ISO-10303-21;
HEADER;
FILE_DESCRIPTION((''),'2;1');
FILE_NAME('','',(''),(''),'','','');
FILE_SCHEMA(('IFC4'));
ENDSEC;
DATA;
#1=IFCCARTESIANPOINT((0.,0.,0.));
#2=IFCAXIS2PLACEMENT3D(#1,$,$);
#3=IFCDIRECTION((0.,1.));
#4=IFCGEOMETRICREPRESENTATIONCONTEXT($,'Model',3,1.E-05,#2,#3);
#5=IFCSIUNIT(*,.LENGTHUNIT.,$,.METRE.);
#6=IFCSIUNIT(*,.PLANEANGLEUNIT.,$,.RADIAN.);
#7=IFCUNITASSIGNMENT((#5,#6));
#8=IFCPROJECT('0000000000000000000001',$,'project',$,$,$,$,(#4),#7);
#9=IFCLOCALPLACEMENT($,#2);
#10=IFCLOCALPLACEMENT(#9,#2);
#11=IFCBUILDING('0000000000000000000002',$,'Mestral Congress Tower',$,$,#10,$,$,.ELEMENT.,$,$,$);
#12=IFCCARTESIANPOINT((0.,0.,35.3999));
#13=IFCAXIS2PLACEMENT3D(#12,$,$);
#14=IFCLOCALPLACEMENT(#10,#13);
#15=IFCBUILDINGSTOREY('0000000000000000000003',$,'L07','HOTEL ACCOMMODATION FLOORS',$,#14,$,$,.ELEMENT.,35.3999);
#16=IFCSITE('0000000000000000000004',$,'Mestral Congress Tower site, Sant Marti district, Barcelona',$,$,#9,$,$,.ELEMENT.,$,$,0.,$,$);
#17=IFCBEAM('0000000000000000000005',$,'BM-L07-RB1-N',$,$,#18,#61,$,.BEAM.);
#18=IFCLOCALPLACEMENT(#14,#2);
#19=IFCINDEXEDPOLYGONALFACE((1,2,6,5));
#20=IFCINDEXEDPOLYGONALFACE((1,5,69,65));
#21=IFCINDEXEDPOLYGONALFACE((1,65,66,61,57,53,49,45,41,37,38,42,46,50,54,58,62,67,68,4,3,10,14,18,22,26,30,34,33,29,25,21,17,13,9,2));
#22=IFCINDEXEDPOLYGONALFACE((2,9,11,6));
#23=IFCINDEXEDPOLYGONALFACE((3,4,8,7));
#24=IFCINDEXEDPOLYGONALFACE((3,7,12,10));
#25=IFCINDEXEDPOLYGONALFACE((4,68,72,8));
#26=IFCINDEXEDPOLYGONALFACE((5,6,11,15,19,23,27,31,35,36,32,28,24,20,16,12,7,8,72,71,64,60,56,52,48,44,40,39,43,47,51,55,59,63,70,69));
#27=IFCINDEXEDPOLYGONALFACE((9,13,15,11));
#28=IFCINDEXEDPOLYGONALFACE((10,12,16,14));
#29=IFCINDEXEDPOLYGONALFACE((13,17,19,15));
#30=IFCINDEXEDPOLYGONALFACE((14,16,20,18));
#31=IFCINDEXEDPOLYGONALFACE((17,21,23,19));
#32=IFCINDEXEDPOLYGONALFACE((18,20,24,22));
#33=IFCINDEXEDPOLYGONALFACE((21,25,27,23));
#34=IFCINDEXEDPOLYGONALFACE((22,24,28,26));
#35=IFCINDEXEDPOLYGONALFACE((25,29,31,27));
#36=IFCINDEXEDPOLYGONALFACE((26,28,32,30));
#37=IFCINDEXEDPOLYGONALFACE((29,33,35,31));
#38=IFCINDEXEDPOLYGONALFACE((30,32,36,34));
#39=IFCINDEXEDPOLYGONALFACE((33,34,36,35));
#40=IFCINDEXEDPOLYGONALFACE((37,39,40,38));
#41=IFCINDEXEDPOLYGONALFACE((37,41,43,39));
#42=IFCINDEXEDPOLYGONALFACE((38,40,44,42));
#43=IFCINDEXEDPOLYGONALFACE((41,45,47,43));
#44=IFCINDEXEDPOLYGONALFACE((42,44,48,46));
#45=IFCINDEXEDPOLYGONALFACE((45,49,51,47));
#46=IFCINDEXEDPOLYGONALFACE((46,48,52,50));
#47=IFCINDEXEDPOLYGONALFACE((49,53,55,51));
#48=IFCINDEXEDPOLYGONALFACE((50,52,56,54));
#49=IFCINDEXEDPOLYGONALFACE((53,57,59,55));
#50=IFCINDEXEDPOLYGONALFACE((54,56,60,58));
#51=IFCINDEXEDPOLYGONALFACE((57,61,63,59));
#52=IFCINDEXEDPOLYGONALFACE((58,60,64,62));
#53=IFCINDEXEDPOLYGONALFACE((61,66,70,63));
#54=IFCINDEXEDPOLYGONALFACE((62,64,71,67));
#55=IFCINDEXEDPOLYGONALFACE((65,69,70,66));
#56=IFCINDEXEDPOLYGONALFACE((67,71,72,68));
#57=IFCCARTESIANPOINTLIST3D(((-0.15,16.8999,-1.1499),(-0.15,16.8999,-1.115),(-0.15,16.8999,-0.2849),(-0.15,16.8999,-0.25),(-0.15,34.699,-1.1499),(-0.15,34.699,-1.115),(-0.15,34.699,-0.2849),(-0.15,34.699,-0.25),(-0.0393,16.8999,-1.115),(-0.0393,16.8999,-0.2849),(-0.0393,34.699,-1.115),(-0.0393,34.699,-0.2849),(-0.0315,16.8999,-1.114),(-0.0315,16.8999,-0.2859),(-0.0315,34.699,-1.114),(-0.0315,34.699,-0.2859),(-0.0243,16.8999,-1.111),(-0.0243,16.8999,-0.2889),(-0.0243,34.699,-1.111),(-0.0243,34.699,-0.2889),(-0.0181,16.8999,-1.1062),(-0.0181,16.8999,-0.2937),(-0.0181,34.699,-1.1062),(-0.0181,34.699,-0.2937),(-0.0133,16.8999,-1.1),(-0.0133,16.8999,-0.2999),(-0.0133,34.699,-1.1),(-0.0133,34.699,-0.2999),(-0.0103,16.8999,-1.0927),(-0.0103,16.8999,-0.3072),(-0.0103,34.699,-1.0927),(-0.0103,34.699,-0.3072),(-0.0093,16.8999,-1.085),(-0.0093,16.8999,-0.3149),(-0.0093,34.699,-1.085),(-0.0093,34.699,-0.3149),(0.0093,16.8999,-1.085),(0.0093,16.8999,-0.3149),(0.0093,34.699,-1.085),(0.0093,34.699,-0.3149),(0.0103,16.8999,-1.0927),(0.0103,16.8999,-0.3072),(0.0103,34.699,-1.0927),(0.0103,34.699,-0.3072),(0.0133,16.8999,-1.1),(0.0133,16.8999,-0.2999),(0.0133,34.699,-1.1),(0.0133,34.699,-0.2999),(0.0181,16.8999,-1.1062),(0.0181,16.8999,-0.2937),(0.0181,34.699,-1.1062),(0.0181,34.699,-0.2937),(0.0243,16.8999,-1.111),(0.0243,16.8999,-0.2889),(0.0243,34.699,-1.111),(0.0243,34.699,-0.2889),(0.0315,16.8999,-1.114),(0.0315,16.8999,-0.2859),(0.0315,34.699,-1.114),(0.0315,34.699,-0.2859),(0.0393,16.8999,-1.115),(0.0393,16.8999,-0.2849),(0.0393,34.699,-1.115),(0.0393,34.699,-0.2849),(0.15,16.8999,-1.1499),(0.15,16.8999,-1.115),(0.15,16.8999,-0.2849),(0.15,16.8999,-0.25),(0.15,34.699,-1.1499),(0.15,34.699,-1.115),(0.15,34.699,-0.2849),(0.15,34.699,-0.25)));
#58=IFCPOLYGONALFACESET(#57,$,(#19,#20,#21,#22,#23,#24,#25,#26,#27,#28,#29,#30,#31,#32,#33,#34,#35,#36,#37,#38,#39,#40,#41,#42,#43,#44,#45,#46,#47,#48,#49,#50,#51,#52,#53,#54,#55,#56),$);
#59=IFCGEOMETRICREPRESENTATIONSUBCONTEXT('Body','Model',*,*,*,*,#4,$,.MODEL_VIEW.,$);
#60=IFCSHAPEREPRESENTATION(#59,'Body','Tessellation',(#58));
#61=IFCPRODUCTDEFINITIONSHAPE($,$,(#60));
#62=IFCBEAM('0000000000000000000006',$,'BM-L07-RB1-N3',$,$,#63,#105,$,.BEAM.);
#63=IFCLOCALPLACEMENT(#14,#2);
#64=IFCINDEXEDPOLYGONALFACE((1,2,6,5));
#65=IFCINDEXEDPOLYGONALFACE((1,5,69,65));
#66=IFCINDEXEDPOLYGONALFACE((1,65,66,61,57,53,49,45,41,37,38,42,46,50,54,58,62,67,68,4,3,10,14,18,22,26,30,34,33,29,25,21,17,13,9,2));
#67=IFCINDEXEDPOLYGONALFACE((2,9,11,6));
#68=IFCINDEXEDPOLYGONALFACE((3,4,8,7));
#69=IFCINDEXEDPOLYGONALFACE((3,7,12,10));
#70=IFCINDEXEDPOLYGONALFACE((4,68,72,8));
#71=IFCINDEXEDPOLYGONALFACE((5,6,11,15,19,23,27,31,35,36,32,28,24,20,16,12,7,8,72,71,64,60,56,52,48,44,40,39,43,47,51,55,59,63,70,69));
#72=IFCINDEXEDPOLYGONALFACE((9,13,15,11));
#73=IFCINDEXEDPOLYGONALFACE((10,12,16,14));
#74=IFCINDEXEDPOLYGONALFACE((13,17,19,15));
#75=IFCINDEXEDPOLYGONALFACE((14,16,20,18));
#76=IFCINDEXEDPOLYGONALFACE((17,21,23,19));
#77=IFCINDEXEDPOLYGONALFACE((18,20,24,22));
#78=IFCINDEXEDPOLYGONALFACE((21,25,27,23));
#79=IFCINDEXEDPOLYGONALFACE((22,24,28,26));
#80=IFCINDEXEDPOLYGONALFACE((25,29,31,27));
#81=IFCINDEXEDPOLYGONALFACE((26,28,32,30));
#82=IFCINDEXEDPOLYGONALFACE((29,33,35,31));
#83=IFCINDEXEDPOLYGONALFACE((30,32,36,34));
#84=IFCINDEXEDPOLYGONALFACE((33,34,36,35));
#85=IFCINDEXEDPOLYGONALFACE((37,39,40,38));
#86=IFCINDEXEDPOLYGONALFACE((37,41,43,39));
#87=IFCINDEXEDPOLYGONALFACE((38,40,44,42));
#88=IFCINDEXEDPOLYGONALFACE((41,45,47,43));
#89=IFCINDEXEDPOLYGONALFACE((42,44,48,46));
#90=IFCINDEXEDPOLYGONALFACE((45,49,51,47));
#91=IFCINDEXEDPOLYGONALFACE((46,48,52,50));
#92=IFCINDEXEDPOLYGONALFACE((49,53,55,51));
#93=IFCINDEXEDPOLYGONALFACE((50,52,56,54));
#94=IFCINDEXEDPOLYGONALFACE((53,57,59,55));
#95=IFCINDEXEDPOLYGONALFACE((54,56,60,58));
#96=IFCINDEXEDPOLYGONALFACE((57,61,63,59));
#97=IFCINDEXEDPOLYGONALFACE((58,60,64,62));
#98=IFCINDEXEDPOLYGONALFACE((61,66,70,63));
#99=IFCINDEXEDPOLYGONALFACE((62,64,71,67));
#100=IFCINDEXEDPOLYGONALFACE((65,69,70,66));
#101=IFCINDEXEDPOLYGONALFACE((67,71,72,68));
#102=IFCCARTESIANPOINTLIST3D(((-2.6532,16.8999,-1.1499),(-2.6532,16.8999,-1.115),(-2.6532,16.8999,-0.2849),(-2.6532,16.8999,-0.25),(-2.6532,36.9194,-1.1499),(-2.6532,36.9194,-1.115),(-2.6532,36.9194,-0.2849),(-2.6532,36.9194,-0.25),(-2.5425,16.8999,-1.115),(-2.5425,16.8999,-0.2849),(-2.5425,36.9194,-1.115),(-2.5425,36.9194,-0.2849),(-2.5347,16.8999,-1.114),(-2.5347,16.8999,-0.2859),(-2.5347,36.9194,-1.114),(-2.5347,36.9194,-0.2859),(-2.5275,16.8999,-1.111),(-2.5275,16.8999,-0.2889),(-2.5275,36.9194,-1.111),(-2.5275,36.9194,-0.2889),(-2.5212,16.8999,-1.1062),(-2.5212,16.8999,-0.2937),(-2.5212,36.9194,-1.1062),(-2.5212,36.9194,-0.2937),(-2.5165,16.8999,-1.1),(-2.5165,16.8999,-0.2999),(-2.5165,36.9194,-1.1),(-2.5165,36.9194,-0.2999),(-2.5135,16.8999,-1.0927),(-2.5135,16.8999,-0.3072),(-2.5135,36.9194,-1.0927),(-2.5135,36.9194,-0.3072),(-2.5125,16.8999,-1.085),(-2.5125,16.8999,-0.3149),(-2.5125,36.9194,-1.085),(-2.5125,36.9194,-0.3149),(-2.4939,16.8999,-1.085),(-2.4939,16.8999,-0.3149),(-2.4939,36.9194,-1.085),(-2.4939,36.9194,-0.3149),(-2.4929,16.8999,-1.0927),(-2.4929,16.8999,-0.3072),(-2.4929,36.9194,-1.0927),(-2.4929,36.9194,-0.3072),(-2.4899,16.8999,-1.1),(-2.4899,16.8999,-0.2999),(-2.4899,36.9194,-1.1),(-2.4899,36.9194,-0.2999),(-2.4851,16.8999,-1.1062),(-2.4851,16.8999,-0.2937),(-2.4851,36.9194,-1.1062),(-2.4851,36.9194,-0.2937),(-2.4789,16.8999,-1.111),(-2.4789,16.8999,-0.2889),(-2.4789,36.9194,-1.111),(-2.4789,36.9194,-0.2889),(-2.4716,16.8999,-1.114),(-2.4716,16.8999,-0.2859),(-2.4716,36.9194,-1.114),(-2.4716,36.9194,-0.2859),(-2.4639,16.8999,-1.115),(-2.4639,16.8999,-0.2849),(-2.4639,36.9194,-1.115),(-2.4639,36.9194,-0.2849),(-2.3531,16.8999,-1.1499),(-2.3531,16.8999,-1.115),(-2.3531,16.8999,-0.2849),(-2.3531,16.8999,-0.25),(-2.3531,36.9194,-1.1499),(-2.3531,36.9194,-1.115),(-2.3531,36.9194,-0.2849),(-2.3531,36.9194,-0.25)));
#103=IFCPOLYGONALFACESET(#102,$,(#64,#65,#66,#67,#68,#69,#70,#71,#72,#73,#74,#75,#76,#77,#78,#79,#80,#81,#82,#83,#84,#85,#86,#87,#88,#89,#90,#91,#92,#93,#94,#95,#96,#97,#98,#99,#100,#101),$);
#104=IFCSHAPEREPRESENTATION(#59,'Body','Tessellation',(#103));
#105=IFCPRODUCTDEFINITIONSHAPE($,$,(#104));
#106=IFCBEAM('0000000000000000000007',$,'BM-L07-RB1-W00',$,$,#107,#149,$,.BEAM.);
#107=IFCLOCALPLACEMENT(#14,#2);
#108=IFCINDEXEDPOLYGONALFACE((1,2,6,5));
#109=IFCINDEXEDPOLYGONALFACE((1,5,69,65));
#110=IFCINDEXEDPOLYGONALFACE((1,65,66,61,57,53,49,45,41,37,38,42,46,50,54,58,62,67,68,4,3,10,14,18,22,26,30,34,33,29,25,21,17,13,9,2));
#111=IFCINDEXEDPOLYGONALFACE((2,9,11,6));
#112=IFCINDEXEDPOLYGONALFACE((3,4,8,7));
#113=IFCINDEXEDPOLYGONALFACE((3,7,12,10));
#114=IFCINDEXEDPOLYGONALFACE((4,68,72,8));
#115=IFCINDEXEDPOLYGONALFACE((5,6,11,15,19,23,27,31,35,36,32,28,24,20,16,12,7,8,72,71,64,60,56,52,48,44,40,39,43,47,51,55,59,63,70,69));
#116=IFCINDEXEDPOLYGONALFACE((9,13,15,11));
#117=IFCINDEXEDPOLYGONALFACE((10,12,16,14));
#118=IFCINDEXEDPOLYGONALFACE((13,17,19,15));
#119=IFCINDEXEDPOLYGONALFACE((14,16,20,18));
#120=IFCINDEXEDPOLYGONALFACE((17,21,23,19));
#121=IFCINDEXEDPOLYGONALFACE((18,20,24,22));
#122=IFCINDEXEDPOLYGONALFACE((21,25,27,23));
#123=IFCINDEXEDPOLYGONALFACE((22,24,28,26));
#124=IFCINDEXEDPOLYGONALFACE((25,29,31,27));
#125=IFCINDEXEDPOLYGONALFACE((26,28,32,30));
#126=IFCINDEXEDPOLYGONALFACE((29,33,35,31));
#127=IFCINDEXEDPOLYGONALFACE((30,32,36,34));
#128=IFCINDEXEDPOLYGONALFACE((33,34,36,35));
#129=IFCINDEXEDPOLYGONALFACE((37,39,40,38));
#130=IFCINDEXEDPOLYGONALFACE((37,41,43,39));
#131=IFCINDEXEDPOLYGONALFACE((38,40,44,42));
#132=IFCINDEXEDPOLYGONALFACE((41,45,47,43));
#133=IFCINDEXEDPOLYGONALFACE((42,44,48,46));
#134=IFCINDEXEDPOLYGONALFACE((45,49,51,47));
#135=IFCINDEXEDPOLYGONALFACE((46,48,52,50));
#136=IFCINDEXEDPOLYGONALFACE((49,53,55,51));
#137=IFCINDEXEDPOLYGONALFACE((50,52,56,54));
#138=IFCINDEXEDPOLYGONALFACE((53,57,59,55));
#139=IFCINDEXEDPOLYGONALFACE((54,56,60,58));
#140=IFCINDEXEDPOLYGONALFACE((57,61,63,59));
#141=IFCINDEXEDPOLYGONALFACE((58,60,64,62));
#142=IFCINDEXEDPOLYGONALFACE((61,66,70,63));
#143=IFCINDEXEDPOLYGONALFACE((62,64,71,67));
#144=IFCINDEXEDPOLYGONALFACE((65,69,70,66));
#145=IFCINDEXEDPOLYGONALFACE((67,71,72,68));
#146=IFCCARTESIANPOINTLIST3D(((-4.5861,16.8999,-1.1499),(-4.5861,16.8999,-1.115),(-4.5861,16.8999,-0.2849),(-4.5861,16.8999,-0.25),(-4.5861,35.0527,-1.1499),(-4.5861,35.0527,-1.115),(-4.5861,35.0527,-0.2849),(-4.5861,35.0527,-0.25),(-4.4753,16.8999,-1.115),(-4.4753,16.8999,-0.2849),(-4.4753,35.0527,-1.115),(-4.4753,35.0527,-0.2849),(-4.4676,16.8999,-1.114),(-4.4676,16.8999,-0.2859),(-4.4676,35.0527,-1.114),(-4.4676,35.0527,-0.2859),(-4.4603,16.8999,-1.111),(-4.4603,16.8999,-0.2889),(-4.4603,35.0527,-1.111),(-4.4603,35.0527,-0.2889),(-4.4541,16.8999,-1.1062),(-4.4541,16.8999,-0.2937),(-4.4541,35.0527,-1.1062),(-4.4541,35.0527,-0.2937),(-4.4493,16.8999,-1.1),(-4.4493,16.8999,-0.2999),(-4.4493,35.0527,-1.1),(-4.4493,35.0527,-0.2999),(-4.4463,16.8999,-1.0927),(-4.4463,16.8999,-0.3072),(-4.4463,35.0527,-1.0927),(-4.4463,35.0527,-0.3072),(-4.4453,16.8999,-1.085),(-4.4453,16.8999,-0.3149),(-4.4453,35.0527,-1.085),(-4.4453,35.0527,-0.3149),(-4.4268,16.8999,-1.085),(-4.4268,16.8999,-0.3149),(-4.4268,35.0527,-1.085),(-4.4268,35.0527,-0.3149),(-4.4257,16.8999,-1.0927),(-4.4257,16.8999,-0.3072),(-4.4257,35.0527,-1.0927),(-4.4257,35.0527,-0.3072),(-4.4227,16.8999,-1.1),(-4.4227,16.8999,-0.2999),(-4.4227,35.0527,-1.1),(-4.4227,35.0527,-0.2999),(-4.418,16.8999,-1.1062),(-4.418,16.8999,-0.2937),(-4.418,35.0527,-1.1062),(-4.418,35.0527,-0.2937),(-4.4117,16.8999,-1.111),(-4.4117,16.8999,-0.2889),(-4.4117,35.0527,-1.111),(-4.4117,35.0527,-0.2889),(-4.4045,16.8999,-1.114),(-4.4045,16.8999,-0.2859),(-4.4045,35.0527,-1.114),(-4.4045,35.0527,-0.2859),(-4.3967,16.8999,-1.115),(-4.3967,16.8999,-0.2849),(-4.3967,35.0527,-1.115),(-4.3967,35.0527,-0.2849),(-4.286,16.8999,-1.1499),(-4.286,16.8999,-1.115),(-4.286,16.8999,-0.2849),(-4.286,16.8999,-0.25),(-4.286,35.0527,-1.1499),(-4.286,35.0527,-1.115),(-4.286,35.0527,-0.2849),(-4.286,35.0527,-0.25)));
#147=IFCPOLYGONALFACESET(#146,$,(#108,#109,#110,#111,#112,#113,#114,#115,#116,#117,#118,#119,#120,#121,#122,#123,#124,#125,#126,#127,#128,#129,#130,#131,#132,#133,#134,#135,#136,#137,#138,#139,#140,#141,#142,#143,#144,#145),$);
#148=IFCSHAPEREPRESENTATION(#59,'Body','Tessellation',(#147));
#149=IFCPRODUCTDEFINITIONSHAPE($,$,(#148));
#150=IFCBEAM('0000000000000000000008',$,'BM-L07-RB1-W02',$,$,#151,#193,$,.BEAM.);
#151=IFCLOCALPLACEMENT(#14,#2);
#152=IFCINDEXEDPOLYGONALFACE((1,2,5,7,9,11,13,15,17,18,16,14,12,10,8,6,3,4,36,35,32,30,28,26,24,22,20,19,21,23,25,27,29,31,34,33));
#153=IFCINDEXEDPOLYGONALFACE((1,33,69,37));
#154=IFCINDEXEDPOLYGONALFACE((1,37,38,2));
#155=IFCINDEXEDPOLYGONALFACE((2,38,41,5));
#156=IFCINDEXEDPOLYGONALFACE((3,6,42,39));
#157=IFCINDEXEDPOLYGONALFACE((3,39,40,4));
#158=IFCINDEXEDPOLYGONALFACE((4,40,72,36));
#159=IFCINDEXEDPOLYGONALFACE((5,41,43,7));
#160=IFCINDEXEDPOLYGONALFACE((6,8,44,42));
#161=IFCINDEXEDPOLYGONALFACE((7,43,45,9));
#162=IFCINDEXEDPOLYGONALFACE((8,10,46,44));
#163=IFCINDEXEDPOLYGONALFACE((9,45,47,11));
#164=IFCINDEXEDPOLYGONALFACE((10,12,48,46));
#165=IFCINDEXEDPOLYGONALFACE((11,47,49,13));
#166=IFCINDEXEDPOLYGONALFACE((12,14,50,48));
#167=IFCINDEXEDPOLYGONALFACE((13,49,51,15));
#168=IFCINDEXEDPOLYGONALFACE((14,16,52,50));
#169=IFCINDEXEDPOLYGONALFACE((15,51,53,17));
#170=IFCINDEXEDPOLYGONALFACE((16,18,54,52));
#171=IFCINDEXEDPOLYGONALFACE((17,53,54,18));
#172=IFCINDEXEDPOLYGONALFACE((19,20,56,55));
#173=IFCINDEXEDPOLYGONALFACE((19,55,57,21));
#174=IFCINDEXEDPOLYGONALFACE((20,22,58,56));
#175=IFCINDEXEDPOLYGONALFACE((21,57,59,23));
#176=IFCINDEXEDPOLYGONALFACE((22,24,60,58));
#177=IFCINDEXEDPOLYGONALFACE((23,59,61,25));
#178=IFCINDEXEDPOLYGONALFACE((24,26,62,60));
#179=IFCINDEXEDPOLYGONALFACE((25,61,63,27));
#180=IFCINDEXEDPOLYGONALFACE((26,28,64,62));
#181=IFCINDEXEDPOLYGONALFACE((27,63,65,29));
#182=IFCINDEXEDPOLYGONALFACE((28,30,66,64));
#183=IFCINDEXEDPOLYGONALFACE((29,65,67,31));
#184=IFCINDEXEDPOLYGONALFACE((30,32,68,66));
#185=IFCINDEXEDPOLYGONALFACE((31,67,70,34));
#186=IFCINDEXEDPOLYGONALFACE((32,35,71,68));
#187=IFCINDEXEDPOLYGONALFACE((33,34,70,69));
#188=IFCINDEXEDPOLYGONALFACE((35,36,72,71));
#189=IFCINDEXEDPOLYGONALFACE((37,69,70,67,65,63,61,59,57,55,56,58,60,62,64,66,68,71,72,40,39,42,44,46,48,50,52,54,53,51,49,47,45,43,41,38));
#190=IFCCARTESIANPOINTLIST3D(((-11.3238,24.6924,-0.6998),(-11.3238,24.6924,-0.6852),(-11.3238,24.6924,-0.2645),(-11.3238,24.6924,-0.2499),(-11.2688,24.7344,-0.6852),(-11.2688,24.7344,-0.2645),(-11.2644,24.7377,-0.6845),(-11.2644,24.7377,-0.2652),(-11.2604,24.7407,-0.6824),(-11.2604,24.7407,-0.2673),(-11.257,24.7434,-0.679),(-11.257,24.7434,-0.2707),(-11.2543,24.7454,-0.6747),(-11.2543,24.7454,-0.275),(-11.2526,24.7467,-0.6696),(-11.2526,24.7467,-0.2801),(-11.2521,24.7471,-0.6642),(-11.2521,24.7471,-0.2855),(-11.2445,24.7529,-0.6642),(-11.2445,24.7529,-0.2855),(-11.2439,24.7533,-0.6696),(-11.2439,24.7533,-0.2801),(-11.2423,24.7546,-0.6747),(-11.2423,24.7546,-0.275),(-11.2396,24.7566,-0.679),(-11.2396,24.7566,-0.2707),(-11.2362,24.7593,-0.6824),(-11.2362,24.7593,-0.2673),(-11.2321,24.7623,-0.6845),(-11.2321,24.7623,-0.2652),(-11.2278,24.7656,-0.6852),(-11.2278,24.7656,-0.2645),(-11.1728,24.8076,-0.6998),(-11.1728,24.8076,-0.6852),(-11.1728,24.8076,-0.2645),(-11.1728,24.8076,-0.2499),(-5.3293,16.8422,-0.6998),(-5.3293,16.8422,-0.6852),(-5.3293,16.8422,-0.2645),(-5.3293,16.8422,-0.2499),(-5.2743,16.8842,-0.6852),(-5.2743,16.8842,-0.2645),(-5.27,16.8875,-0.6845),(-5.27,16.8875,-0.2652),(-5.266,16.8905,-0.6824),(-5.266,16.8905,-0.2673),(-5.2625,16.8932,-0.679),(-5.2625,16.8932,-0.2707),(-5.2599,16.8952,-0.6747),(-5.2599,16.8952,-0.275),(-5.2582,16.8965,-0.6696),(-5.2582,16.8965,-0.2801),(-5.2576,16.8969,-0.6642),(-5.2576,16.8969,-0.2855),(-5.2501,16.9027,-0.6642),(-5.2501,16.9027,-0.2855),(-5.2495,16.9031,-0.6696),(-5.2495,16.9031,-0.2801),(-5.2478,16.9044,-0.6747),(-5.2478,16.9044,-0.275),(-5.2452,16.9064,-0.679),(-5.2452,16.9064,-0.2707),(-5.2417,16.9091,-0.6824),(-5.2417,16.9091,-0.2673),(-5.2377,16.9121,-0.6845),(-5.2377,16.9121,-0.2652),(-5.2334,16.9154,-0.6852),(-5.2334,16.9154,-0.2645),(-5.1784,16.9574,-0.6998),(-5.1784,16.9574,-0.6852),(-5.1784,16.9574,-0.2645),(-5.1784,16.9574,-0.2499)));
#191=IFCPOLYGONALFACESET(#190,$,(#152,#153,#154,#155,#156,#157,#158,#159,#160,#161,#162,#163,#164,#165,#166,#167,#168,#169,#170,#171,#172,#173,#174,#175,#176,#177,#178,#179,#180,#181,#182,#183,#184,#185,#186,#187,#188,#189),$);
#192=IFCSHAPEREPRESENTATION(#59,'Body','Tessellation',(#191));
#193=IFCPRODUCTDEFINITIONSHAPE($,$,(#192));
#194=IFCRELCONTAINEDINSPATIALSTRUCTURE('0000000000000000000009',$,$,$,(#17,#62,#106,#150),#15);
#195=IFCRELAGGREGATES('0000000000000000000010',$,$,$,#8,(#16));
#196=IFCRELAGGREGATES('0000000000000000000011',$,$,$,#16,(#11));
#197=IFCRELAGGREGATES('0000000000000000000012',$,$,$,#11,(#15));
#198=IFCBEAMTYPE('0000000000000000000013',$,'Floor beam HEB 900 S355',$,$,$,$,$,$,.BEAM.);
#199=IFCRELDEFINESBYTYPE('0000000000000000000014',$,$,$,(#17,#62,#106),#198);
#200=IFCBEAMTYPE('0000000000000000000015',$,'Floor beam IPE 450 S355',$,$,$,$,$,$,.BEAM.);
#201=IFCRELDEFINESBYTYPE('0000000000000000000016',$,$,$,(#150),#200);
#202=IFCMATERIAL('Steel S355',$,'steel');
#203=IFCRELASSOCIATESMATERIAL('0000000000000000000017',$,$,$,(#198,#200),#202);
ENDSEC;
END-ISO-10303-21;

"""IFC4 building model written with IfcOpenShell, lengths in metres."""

from ifc_helpers import new_model, si_unit, direction, frame, origin, origin_2d, place, context, subcontext, project, spatial, i_section, extrude, material, material_profile, profile_set, type_object, element, save


model = new_model("IFC4")

# Units and contexts
model_context = context("Model", 3, precision=1e-05, world=origin(), true_north=direction((0.0, 1.0)))
body_context = subcontext(model_context, "Body", "Model", "MODEL_VIEW")
ifc_project = project(units=[si_unit("LENGTHUNIT", "METRE"), si_unit("PLANEANGLEUNIT", "RADIAN")], contexts=[model_context])

# Site, building, storey
site_placement = place(None, origin())
site = spatial("IfcSite", under=ifc_project, at=site_placement, Name="Mestral Congress Tower site, Sant Marti district, Barcelona", CompositionType="ELEMENT", RefElevation=0.0)
building_placement = place(site_placement, origin())
building = spatial("IfcBuilding", under=site, at=building_placement, Name="Mestral Congress Tower", CompositionType="ELEMENT")
storey_placement = place(building_placement, frame((0.0, 0.0, 35.3999)))
storey = spatial("IfcBuildingStorey", under=building, at=storey_placement, Name="L07", Description="HOTEL ACCOMMODATION FLOORS", CompositionType="ELEMENT", Elevation=35.3999)

# Beams
ifc_material_1 = material(Name="Steel S355", Category="steel")
ifc_material_profile_1 = material_profile(ifc_material_1, i_section(OverallWidth=0.3, OverallDepth=0.8999, WebThickness=0.0186, FlangeThickness=0.0349, FilletRadius=0.03, at=origin_2d()), Name="HEB 900")
ifc_profile_set_1 = profile_set([ifc_material_profile_1], Name="Steel S355")
beam_type_1 = type_object("IfcBeamType", Name="Floor beam HEB 900 S355", PredefinedType="BEAM", material=ifc_profile_set_1)
beam_1_placement = place(storey_placement, frame((0.0, 34.699, -0.7), z_axis=(0.0, -1.0, 0.0), x_axis=(1.0, 0.0, 0.0)))
element("IfcBeam", 1, at=beam_1_placement, inside=storey, type_object=beam_type_1, Name="BM-L07-RB1-N", PredefinedType="BEAM", context=body_context, shape_type="SweptSolid", body=[
    extrude(i_section(OverallWidth=0.3, OverallDepth=0.8999, WebThickness=0.0186, FlangeThickness=0.0349, FilletRadius=0.03, at=origin_2d()), origin(), (0.0, 0.0, 1.0), 17.7991),
])
beam_2_placement = place(storey_placement, frame((-2.5032, 36.9194, -0.7), z_axis=(0.0, -1.0, 0.0), x_axis=(1.0, 0.0, 0.0)))
element("IfcBeam", 2, at=beam_2_placement, inside=storey, type_object=beam_type_1, Name="BM-L07-RB1-N3", PredefinedType="BEAM", context=body_context, shape_type="SweptSolid", body=[
    extrude(i_section(OverallWidth=0.3, OverallDepth=0.8999, WebThickness=0.0186, FlangeThickness=0.0349, FilletRadius=0.03, at=origin_2d()), origin(), (0.0, 0.0, 1.0), 20.0195),
])
beam_3_placement = place(storey_placement, frame((-4.436, 35.0527, -0.7), z_axis=(0.0, -1.0, 0.0), x_axis=(1.0, 0.0, 0.0)))
element("IfcBeam", 3, at=beam_3_placement, inside=storey, type_object=beam_type_1, Name="BM-L07-RB1-W00", PredefinedType="BEAM", context=body_context, shape_type="SweptSolid", body=[
    extrude(i_section(OverallWidth=0.3, OverallDepth=0.8999, WebThickness=0.0186, FlangeThickness=0.0349, FilletRadius=0.03, at=origin_2d()), origin(), (0.0, 0.0, 1.0), 18.1528),
])
ifc_material_profile_2 = material_profile(ifc_material_1, i_section(OverallWidth=0.1899, OverallDepth=0.45, WebThickness=0.0095, FlangeThickness=0.0146, FilletRadius=0.021, at=origin_2d()), Name="IPE 450")
ifc_profile_set_2 = profile_set([ifc_material_profile_2], Name="Steel S355")
beam_type_2 = type_object("IfcBeamType", Name="Floor beam IPE 450 S355", PredefinedType="BEAM", material=ifc_profile_set_2)
beam_4_placement = place(storey_placement, frame((-11.2483, 24.75, -0.4749), z_axis=(0.606899, -0.794779, 0.0), x_axis=(0.794779, 0.606899, 0.0)))
element("IfcBeam", 4, at=beam_4_placement, inside=storey, type_object=beam_type_2, Name="BM-L07-RB1-W02", PredefinedType="BEAM", context=body_context, shape_type="SweptSolid", body=[
    extrude(i_section(OverallWidth=0.1899, OverallDepth=0.45, WebThickness=0.0095, FlangeThickness=0.0146, FilletRadius=0.021, at=origin_2d()), origin(), (0.0, 0.0, 1.0), 9.8772),
])

save(model, "model.ifc")
